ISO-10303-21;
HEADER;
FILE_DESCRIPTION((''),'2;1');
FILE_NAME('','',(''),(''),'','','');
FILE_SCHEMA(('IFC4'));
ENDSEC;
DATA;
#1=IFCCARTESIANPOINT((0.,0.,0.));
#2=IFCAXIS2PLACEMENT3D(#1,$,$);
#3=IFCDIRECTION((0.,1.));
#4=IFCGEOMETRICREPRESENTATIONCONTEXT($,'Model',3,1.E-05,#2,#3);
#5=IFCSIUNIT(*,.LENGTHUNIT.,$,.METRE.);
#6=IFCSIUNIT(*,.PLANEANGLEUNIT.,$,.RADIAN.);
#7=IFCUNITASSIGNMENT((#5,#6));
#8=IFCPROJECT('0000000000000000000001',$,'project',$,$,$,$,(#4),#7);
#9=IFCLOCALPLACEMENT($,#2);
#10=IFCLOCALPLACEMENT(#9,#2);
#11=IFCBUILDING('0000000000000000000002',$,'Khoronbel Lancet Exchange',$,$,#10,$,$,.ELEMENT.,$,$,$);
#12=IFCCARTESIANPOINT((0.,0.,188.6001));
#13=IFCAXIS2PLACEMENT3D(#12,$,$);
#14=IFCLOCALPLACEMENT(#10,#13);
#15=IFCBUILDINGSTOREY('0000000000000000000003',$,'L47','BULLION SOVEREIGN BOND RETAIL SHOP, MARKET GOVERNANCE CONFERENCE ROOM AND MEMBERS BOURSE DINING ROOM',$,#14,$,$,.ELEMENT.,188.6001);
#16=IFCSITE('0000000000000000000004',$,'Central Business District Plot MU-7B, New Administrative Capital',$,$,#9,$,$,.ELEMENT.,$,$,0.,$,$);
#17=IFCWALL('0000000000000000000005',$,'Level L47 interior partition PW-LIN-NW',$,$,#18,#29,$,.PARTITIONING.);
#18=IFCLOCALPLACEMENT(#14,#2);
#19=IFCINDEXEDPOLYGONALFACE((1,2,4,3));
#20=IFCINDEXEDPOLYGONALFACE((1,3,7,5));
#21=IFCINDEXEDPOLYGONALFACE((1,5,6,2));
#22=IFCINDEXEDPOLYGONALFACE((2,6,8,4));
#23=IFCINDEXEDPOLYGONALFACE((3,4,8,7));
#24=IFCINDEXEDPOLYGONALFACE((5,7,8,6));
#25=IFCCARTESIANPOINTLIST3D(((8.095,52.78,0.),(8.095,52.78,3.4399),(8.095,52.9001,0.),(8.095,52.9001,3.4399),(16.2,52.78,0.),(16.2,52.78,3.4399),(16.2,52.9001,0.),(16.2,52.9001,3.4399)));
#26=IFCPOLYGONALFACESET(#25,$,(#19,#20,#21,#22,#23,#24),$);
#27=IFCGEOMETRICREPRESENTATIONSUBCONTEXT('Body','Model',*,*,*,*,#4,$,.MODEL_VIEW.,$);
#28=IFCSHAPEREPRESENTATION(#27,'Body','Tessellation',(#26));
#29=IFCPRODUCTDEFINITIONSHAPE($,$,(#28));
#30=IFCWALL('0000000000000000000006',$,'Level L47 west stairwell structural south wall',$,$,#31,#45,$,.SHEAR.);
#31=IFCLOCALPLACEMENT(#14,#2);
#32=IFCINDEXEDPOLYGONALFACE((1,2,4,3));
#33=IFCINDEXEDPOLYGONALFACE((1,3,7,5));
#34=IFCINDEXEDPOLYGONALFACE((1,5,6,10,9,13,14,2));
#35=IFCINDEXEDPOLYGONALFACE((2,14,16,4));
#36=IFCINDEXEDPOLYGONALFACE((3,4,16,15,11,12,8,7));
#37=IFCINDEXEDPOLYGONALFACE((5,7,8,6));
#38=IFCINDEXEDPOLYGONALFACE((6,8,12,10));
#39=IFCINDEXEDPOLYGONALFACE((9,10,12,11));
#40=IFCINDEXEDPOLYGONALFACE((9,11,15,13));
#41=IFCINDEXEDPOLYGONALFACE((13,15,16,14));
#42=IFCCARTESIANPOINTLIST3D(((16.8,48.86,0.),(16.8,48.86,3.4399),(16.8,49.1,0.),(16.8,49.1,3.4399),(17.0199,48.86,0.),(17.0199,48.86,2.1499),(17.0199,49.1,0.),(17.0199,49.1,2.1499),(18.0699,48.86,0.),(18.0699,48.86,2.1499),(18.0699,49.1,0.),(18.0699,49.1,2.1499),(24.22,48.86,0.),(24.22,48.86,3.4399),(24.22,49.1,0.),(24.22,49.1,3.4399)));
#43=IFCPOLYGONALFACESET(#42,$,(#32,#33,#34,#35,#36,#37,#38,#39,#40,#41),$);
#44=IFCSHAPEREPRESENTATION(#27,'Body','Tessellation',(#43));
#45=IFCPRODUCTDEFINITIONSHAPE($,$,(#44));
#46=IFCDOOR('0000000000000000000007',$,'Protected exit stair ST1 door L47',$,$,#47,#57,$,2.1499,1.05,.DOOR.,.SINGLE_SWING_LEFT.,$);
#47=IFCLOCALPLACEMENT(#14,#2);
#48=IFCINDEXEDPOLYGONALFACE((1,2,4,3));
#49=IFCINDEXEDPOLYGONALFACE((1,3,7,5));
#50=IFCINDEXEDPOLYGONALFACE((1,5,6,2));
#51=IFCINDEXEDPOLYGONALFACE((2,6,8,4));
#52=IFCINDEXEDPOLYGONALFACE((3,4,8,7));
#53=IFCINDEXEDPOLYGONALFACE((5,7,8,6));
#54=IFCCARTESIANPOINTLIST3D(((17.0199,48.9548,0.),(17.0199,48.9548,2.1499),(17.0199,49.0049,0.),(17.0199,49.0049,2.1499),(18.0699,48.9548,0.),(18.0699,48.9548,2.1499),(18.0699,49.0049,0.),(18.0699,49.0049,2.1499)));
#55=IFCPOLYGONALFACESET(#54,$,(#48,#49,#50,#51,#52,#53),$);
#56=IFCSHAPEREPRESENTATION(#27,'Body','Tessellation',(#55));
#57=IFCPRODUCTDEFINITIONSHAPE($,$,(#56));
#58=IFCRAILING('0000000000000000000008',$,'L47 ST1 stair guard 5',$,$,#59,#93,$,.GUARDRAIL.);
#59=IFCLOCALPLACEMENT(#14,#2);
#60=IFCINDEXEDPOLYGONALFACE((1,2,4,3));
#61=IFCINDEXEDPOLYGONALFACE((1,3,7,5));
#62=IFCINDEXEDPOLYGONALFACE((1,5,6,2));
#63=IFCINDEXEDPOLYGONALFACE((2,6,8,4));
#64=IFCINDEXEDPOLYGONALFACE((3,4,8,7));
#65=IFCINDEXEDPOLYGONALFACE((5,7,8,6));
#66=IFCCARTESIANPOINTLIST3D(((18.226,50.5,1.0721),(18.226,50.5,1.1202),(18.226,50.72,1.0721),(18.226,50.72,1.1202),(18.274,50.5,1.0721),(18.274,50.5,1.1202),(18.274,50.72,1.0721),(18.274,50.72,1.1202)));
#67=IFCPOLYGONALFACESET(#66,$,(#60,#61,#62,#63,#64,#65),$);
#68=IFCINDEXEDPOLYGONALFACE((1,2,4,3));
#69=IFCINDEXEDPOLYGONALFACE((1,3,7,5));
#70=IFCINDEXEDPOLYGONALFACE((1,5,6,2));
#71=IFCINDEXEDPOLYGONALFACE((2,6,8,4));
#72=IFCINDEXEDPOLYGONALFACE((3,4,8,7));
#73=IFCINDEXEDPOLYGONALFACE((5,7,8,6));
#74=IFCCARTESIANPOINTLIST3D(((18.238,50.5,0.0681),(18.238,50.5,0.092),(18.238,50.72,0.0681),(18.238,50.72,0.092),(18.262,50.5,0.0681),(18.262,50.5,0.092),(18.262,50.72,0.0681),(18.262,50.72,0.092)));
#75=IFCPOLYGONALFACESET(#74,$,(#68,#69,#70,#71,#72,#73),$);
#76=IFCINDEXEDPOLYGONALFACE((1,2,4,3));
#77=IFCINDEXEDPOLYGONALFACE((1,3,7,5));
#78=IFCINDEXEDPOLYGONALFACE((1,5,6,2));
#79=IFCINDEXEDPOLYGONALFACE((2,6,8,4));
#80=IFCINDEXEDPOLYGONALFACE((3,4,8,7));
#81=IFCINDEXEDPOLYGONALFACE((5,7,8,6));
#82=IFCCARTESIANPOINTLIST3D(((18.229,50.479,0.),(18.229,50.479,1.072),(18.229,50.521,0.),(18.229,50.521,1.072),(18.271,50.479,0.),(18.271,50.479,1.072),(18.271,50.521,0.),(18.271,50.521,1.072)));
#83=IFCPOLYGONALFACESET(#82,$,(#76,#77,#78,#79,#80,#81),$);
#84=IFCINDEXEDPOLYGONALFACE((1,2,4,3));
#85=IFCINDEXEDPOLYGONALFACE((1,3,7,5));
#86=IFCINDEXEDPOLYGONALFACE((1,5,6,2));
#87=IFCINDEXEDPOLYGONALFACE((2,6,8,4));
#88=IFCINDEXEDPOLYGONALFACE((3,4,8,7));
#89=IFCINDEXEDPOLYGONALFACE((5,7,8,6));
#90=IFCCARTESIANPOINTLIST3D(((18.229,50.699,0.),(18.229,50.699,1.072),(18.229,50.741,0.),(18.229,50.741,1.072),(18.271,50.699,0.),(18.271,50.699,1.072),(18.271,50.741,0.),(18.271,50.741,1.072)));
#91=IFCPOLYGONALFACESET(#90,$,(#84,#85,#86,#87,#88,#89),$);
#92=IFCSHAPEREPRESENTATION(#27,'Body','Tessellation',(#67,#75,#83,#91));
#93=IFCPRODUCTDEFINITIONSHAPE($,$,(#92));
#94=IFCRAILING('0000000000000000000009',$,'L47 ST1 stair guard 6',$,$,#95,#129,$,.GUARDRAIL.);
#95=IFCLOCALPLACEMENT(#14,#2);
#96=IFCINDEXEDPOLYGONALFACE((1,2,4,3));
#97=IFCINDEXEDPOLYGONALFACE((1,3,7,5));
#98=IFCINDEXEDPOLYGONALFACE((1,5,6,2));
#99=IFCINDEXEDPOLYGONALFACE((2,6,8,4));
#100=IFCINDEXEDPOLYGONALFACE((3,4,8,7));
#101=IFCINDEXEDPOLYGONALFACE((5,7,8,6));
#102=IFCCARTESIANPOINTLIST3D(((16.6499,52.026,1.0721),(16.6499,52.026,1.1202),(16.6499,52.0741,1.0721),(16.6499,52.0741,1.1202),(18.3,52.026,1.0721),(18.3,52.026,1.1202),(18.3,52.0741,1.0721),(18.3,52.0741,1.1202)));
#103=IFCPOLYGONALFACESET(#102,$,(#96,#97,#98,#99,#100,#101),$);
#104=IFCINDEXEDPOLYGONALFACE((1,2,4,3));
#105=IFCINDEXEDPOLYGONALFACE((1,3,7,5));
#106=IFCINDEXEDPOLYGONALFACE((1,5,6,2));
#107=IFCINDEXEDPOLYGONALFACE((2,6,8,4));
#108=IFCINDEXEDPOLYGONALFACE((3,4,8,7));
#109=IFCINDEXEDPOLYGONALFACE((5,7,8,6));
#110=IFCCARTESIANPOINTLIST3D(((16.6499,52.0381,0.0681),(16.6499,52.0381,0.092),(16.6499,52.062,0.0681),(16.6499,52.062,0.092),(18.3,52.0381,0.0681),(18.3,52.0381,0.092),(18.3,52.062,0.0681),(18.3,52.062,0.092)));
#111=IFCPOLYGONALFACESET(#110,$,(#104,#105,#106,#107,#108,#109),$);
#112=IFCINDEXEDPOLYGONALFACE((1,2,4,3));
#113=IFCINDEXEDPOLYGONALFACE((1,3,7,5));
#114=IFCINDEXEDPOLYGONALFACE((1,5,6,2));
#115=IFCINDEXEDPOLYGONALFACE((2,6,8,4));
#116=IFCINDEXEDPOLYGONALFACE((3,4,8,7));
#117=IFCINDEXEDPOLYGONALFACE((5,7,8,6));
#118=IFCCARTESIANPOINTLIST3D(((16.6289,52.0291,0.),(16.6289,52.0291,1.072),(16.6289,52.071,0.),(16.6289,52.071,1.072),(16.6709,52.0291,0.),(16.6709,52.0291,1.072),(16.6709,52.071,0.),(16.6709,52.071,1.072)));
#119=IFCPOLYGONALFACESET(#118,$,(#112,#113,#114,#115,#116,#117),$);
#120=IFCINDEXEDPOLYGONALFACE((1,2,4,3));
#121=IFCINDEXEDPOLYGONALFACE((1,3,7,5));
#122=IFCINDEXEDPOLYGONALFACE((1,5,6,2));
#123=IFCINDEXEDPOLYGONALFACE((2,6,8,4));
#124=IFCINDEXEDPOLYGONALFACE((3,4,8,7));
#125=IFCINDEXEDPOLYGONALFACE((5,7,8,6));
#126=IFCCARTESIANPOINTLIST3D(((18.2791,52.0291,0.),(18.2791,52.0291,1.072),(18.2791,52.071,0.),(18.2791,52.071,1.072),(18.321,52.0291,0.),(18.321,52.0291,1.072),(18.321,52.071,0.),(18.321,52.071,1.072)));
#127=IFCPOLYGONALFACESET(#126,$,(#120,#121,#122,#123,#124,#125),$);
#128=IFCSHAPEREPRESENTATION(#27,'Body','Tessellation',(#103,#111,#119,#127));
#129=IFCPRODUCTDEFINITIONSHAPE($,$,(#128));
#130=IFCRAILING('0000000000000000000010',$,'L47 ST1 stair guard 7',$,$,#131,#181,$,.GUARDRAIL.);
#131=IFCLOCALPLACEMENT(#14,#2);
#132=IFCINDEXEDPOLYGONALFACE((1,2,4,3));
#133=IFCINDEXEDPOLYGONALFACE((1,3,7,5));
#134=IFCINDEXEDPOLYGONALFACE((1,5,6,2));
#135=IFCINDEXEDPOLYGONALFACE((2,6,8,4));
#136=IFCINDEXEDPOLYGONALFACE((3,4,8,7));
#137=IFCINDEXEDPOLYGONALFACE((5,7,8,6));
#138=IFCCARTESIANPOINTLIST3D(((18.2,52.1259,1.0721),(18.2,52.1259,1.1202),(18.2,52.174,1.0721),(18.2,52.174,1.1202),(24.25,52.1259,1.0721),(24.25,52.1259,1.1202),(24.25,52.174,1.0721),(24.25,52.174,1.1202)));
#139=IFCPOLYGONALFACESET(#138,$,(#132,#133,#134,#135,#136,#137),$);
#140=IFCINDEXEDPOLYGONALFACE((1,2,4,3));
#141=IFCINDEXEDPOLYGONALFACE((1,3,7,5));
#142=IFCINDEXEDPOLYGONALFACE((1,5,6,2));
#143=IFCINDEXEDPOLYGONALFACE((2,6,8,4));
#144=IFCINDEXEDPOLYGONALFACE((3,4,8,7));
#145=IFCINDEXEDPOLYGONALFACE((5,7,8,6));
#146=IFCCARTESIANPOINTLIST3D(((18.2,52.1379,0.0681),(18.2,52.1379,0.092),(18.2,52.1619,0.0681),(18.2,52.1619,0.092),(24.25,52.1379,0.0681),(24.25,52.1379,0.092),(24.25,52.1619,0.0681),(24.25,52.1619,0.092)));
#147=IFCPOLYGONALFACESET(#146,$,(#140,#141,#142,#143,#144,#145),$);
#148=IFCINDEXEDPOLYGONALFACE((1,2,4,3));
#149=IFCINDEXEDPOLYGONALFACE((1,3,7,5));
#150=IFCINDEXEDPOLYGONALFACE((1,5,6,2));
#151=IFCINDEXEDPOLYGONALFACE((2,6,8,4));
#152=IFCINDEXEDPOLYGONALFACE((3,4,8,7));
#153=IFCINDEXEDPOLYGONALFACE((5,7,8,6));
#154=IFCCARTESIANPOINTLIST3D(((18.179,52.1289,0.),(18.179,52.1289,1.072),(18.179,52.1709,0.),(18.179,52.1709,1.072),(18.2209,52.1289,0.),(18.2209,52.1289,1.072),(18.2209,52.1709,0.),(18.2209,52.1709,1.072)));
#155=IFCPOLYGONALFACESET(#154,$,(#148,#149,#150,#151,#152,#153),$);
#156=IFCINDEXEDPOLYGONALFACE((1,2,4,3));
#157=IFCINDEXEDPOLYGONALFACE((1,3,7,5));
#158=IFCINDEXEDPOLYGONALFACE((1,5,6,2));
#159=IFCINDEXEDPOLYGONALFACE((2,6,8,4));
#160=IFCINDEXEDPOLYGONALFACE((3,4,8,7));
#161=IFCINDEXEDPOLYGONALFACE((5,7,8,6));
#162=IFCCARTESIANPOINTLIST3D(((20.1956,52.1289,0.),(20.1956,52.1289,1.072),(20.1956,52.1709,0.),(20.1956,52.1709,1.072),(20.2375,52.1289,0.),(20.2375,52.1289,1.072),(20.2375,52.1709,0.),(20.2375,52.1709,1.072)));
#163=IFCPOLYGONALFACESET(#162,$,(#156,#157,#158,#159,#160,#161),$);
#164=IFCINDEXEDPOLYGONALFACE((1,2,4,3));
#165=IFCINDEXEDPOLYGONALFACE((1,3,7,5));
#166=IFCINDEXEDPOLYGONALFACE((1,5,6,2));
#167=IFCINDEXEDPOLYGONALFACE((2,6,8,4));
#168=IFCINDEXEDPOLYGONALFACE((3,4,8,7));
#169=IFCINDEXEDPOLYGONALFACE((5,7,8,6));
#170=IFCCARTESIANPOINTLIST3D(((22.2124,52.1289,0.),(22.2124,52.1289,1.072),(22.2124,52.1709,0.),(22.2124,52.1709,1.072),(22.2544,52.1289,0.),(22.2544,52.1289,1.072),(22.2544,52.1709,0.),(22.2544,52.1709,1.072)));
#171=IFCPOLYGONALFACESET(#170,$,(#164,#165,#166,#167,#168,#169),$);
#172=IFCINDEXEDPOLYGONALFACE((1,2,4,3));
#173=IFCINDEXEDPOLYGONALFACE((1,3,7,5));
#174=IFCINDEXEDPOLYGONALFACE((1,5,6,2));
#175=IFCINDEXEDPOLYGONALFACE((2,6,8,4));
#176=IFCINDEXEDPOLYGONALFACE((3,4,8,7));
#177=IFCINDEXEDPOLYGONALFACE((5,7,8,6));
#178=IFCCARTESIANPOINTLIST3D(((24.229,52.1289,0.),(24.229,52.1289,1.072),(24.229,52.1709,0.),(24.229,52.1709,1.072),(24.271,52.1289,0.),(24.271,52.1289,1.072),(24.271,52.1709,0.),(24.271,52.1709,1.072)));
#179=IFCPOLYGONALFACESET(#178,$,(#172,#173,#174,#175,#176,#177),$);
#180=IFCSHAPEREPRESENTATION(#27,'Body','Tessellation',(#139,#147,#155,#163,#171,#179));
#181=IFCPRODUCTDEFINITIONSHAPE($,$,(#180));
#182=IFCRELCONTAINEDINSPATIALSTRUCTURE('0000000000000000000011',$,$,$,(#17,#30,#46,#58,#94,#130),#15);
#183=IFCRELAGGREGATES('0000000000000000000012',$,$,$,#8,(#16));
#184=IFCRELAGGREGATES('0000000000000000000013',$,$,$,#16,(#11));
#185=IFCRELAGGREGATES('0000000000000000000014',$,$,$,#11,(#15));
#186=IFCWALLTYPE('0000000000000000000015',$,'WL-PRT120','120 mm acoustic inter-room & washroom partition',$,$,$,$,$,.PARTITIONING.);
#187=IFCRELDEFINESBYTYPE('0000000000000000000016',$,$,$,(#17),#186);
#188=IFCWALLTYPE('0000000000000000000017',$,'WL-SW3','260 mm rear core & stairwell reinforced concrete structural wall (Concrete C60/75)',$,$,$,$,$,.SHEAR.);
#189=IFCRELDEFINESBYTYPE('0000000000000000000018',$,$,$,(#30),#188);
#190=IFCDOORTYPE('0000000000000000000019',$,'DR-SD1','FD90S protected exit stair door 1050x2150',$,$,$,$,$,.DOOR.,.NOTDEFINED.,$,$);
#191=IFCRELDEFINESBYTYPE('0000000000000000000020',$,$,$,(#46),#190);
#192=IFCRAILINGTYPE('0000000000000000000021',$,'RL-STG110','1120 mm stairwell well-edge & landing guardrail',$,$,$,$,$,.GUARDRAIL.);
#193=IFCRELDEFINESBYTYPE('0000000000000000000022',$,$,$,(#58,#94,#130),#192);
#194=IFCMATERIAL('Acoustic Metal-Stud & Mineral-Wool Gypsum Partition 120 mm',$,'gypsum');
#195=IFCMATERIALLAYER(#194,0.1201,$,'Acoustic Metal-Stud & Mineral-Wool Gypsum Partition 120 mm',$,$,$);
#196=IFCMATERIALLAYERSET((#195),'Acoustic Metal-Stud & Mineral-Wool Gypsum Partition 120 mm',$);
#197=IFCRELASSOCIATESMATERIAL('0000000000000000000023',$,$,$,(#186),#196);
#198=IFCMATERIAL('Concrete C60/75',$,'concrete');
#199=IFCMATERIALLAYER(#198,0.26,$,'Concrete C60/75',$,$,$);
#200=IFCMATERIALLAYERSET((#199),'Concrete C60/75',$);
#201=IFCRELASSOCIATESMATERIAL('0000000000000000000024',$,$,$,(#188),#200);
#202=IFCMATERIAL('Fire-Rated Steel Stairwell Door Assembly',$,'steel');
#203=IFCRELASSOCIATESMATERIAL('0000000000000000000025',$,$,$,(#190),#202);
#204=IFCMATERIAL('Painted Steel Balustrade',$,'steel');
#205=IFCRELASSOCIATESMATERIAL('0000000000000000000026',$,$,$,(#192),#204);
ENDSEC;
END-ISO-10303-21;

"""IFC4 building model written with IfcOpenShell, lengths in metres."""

from ifc_helpers import new_model, si_unit, direction, frame, frame_2d, origin, origin_2d, place, context, subcontext, project, spatial, rectangle, extrude, material, layer, layer_set, type_object, element, fill, save


model = new_model("IFC4")

# Units and contexts
model_context = context("Model", 3, precision=1e-05, world=origin(), true_north=direction((0.0, 1.0)))
body_context = subcontext(model_context, "Body", "Model", "MODEL_VIEW")
ifc_project = project(units=[si_unit("LENGTHUNIT", "METRE"), si_unit("PLANEANGLEUNIT", "RADIAN")], contexts=[model_context])

# Site, building, storey
site_placement = place(None, origin())
site = spatial("IfcSite", under=ifc_project, at=site_placement, Name="Central Business District Plot MU-7B, New Administrative Capital", CompositionType="ELEMENT", RefElevation=0.0)
building_placement = place(site_placement, origin())
building = spatial("IfcBuilding", under=site, at=building_placement, Name="Khoronbel Lancet Exchange", CompositionType="ELEMENT")
storey_placement = place(building_placement, frame((0.0, 0.0, 188.6001)))
storey = spatial("IfcBuildingStorey", under=building, at=storey_placement, Name="L47", Description="BULLION SOVEREIGN BOND RETAIL SHOP, MARKET GOVERNANCE CONFERENCE ROOM AND MEMBERS BOURSE DINING ROOM", CompositionType="ELEMENT", Elevation=188.6001)

# Shared definitions
ifc_material_1 = material(Name="Concrete C60/75", Category="concrete")

# Shared definitions
ifc_material_2 = material(Name="Acoustic Metal-Stud & Mineral-Wool Gypsum Partition 120 mm", Category="gypsum")
ifc_layer_1 = layer(ifc_material_2, 0.1201, Name="Acoustic Metal-Stud & Mineral-Wool Gypsum Partition 120 mm")
ifc_layer_set_1 = layer_set([ifc_layer_1], Name="Acoustic Metal-Stud & Mineral-Wool Gypsum Partition 120 mm")
wall_type_1 = type_object("IfcWallType", Name="WL-PRT120", Description="120 mm acoustic inter-room & washroom partition", PredefinedType="PARTITIONING", material=ifc_layer_set_1)

# Wall
wall_1_placement = place(storey_placement, frame((8.095, 52.8401, 0.0), z_axis=(0.0, 0.0, 1.0), x_axis=(1.0, 0.0, 0.0)))
element("IfcWall", 1, at=wall_1_placement, inside=storey, type_object=wall_type_1, Name="Level L47 interior partition PW-LIN-NW", PredefinedType="PARTITIONING", context=body_context, shape_type="SweptSolid", body=[
    extrude(rectangle(XDim=8.105, YDim=0.1201, at=frame_2d((4.0525, 0.0))), origin(), (0.0, 0.0, 1.0), 3.4399),
])

# Wall, opening, door
ifc_layer_2 = layer(ifc_material_1, 0.26, Name="Concrete C60/75")
ifc_layer_set_2 = layer_set([ifc_layer_2], Name="Concrete C60/75")
wall_type_2 = type_object("IfcWallType", Name="WL-SW3", Description="260 mm rear core & stairwell reinforced concrete structural wall (Concrete C60/75)", PredefinedType="SHEAR", material=ifc_layer_set_2)
wall_2_placement = place(storey_placement, frame((16.8, 48.98, 0.0), z_axis=(0.0, 0.0, 1.0), x_axis=(1.0, 0.0, 0.0)))
wall_2 = element("IfcWall", 2, at=wall_2_placement, inside=storey, type_object=wall_type_2, Name="Level L47 west stairwell structural south wall", PredefinedType="SHEAR", context=body_context, shape_type="SweptSolid", body=[
    extrude(rectangle(XDim=7.4199, YDim=0.24, at=frame_2d((3.71, 0.0))), origin(), (0.0, 0.0, 1.0), 3.4399),
])
opening_1_placement = place(wall_2_placement, frame((0.22, 0.0, 0.0)))
opening_1 = element("IfcOpeningElement", 3, at=opening_1_placement, cuts=wall_2, PredefinedType="OPENING", context=body_context, shape_type="SweptSolid", body=[
    extrude(rectangle(XDim=1.05, YDim=2.1499, at=frame_2d((0.5249, 1.075))), frame((0.0, 0.1299, 0.0), z_axis=(0.0, -1.0, 0.0), x_axis=(1.0, 0.0, 0.0)), (0.0, 0.0, 1.0), 0.26),
])
ifc_material_3 = material(Name="Fire-Rated Steel Stairwell Door Assembly", Category="steel")
door_type_1 = type_object("IfcDoorType", Name="DR-SD1", Description="FD90S protected exit stair door 1050x2150", OperationType="NOTDEFINED", PredefinedType="DOOR", material=ifc_material_3)
door_1_placement = place(opening_1_placement, origin())
door_1 = element("IfcDoor", 4, at=door_1_placement, inside=storey, type_object=door_type_1, Name="Protected exit stair ST1 door L47", OperationType="SINGLE_SWING_LEFT", OverallHeight=2.1499, OverallWidth=1.05, PredefinedType="DOOR", context=body_context, shape_type="SweptSolid", body=[
    extrude(rectangle(XDim=1.05, YDim=2.1499, at=frame_2d((0.5249, 1.075))), frame((0.0, 0.0249, 0.0), z_axis=(0.0, -1.0, 0.0), x_axis=(1.0, 0.0, 0.0)), (0.0, 0.0, 1.0), 0.05),
])
fill(opening_1, door_1)

# Railings
ifc_material_4 = material(Name="Painted Steel Balustrade", Category="steel")
railing_type = type_object("IfcRailingType", Name="RL-STG110", Description="1120 mm stairwell well-edge & landing guardrail", PredefinedType="GUARDRAIL", material=ifc_material_4)
railing_1_placement = place(storey_placement, frame((18.25, 50.5, 0.0)))
element("IfcRailing", 5, at=railing_1_placement, inside=storey, type_object=railing_type, Name="L47 ST1 stair guard 5", PredefinedType="GUARDRAIL", context=body_context, shape_type="SweptSolid", body=[
    extrude(rectangle(XDim=0.0481, YDim=0.0481, at=origin_2d()), frame((0.0, 0.0, 1.0962), z_axis=(0.0, 1.0, 0.0), x_axis=(-1.0, 0.0, 0.0)), (0.0, 0.0, 1.0), 0.22),
    extrude(rectangle(XDim=0.0239, YDim=0.0239, at=origin_2d()), frame((0.0, 0.0, 0.0801), z_axis=(0.0, 1.0, 0.0), x_axis=(-1.0, 0.0, 0.0)), (0.0, 0.0, 1.0), 0.22),
    extrude(rectangle(XDim=0.042, YDim=0.042, at=origin_2d()), origin(), (0.0, 0.0, 1.0), 1.072),
    extrude(rectangle(XDim=0.042, YDim=0.042, at=origin_2d()), frame((0.0, 0.22, 0.0)), (0.0, 0.0, 1.0), 1.072),
])
railing_2_placement = place(storey_placement, frame((16.6499, 52.05, 0.0)))
element("IfcRailing", 6, at=railing_2_placement, inside=storey, type_object=railing_type, Name="L47 ST1 stair guard 6", PredefinedType="GUARDRAIL", context=body_context, shape_type="SweptSolid", body=[
    extrude(rectangle(XDim=0.0481, YDim=0.0481, at=origin_2d()), frame((0.0, 0.0, 1.0962), z_axis=(1.0, 0.0, 0.0), x_axis=(0.0, 1.0, 0.0)), (0.0, 0.0, 1.0), 1.6501),
    extrude(rectangle(XDim=0.0239, YDim=0.0239, at=origin_2d()), frame((0.0, 0.0, 0.0801), z_axis=(1.0, 0.0, 0.0), x_axis=(0.0, 1.0, 0.0)), (0.0, 0.0, 1.0), 1.6501),
    extrude(rectangle(XDim=0.042, YDim=0.042, at=origin_2d()), origin(), (0.0, 0.0, 1.0), 1.072),
    extrude(rectangle(XDim=0.042, YDim=0.042, at=origin_2d()), frame((1.6501, 0.0, 0.0)), (0.0, 0.0, 1.0), 1.072),
])
railing_3_placement = place(storey_placement, frame((18.2, 52.1499, 0.0)))
element("IfcRailing", 7, at=railing_3_placement, inside=storey, type_object=railing_type, Name="L47 ST1 stair guard 7", PredefinedType="GUARDRAIL", context=body_context, shape_type="SweptSolid", body=[
    extrude(rectangle(XDim=0.0481, YDim=0.0481, at=origin_2d()), frame((0.0, 0.0, 1.0962), z_axis=(1.0, 0.0, 0.0), x_axis=(0.0, 1.0, 0.0)), (0.0, 0.0, 1.0), 6.05),
    extrude(rectangle(XDim=0.0239, YDim=0.0239, at=origin_2d()), frame((0.0, 0.0, 0.0801), z_axis=(1.0, 0.0, 0.0), x_axis=(0.0, 1.0, 0.0)), (0.0, 0.0, 1.0), 6.05),
    extrude(rectangle(XDim=0.042, YDim=0.042, at=origin_2d()), origin(), (0.0, 0.0, 1.0), 1.072),
    extrude(rectangle(XDim=0.042, YDim=0.042, at=origin_2d()), frame((2.0166, 0.0, 0.0)), (0.0, 0.0, 1.0), 1.072),
    extrude(rectangle(XDim=0.042, YDim=0.042, at=origin_2d()), frame((4.0334, 0.0, 0.0)), (0.0, 0.0, 1.0), 1.072),
    extrude(rectangle(XDim=0.042, YDim=0.042, at=origin_2d()), frame((6.05, 0.0, 0.0)), (0.0, 0.0, 1.0), 1.072),
])

save(model, "model.ifc")
